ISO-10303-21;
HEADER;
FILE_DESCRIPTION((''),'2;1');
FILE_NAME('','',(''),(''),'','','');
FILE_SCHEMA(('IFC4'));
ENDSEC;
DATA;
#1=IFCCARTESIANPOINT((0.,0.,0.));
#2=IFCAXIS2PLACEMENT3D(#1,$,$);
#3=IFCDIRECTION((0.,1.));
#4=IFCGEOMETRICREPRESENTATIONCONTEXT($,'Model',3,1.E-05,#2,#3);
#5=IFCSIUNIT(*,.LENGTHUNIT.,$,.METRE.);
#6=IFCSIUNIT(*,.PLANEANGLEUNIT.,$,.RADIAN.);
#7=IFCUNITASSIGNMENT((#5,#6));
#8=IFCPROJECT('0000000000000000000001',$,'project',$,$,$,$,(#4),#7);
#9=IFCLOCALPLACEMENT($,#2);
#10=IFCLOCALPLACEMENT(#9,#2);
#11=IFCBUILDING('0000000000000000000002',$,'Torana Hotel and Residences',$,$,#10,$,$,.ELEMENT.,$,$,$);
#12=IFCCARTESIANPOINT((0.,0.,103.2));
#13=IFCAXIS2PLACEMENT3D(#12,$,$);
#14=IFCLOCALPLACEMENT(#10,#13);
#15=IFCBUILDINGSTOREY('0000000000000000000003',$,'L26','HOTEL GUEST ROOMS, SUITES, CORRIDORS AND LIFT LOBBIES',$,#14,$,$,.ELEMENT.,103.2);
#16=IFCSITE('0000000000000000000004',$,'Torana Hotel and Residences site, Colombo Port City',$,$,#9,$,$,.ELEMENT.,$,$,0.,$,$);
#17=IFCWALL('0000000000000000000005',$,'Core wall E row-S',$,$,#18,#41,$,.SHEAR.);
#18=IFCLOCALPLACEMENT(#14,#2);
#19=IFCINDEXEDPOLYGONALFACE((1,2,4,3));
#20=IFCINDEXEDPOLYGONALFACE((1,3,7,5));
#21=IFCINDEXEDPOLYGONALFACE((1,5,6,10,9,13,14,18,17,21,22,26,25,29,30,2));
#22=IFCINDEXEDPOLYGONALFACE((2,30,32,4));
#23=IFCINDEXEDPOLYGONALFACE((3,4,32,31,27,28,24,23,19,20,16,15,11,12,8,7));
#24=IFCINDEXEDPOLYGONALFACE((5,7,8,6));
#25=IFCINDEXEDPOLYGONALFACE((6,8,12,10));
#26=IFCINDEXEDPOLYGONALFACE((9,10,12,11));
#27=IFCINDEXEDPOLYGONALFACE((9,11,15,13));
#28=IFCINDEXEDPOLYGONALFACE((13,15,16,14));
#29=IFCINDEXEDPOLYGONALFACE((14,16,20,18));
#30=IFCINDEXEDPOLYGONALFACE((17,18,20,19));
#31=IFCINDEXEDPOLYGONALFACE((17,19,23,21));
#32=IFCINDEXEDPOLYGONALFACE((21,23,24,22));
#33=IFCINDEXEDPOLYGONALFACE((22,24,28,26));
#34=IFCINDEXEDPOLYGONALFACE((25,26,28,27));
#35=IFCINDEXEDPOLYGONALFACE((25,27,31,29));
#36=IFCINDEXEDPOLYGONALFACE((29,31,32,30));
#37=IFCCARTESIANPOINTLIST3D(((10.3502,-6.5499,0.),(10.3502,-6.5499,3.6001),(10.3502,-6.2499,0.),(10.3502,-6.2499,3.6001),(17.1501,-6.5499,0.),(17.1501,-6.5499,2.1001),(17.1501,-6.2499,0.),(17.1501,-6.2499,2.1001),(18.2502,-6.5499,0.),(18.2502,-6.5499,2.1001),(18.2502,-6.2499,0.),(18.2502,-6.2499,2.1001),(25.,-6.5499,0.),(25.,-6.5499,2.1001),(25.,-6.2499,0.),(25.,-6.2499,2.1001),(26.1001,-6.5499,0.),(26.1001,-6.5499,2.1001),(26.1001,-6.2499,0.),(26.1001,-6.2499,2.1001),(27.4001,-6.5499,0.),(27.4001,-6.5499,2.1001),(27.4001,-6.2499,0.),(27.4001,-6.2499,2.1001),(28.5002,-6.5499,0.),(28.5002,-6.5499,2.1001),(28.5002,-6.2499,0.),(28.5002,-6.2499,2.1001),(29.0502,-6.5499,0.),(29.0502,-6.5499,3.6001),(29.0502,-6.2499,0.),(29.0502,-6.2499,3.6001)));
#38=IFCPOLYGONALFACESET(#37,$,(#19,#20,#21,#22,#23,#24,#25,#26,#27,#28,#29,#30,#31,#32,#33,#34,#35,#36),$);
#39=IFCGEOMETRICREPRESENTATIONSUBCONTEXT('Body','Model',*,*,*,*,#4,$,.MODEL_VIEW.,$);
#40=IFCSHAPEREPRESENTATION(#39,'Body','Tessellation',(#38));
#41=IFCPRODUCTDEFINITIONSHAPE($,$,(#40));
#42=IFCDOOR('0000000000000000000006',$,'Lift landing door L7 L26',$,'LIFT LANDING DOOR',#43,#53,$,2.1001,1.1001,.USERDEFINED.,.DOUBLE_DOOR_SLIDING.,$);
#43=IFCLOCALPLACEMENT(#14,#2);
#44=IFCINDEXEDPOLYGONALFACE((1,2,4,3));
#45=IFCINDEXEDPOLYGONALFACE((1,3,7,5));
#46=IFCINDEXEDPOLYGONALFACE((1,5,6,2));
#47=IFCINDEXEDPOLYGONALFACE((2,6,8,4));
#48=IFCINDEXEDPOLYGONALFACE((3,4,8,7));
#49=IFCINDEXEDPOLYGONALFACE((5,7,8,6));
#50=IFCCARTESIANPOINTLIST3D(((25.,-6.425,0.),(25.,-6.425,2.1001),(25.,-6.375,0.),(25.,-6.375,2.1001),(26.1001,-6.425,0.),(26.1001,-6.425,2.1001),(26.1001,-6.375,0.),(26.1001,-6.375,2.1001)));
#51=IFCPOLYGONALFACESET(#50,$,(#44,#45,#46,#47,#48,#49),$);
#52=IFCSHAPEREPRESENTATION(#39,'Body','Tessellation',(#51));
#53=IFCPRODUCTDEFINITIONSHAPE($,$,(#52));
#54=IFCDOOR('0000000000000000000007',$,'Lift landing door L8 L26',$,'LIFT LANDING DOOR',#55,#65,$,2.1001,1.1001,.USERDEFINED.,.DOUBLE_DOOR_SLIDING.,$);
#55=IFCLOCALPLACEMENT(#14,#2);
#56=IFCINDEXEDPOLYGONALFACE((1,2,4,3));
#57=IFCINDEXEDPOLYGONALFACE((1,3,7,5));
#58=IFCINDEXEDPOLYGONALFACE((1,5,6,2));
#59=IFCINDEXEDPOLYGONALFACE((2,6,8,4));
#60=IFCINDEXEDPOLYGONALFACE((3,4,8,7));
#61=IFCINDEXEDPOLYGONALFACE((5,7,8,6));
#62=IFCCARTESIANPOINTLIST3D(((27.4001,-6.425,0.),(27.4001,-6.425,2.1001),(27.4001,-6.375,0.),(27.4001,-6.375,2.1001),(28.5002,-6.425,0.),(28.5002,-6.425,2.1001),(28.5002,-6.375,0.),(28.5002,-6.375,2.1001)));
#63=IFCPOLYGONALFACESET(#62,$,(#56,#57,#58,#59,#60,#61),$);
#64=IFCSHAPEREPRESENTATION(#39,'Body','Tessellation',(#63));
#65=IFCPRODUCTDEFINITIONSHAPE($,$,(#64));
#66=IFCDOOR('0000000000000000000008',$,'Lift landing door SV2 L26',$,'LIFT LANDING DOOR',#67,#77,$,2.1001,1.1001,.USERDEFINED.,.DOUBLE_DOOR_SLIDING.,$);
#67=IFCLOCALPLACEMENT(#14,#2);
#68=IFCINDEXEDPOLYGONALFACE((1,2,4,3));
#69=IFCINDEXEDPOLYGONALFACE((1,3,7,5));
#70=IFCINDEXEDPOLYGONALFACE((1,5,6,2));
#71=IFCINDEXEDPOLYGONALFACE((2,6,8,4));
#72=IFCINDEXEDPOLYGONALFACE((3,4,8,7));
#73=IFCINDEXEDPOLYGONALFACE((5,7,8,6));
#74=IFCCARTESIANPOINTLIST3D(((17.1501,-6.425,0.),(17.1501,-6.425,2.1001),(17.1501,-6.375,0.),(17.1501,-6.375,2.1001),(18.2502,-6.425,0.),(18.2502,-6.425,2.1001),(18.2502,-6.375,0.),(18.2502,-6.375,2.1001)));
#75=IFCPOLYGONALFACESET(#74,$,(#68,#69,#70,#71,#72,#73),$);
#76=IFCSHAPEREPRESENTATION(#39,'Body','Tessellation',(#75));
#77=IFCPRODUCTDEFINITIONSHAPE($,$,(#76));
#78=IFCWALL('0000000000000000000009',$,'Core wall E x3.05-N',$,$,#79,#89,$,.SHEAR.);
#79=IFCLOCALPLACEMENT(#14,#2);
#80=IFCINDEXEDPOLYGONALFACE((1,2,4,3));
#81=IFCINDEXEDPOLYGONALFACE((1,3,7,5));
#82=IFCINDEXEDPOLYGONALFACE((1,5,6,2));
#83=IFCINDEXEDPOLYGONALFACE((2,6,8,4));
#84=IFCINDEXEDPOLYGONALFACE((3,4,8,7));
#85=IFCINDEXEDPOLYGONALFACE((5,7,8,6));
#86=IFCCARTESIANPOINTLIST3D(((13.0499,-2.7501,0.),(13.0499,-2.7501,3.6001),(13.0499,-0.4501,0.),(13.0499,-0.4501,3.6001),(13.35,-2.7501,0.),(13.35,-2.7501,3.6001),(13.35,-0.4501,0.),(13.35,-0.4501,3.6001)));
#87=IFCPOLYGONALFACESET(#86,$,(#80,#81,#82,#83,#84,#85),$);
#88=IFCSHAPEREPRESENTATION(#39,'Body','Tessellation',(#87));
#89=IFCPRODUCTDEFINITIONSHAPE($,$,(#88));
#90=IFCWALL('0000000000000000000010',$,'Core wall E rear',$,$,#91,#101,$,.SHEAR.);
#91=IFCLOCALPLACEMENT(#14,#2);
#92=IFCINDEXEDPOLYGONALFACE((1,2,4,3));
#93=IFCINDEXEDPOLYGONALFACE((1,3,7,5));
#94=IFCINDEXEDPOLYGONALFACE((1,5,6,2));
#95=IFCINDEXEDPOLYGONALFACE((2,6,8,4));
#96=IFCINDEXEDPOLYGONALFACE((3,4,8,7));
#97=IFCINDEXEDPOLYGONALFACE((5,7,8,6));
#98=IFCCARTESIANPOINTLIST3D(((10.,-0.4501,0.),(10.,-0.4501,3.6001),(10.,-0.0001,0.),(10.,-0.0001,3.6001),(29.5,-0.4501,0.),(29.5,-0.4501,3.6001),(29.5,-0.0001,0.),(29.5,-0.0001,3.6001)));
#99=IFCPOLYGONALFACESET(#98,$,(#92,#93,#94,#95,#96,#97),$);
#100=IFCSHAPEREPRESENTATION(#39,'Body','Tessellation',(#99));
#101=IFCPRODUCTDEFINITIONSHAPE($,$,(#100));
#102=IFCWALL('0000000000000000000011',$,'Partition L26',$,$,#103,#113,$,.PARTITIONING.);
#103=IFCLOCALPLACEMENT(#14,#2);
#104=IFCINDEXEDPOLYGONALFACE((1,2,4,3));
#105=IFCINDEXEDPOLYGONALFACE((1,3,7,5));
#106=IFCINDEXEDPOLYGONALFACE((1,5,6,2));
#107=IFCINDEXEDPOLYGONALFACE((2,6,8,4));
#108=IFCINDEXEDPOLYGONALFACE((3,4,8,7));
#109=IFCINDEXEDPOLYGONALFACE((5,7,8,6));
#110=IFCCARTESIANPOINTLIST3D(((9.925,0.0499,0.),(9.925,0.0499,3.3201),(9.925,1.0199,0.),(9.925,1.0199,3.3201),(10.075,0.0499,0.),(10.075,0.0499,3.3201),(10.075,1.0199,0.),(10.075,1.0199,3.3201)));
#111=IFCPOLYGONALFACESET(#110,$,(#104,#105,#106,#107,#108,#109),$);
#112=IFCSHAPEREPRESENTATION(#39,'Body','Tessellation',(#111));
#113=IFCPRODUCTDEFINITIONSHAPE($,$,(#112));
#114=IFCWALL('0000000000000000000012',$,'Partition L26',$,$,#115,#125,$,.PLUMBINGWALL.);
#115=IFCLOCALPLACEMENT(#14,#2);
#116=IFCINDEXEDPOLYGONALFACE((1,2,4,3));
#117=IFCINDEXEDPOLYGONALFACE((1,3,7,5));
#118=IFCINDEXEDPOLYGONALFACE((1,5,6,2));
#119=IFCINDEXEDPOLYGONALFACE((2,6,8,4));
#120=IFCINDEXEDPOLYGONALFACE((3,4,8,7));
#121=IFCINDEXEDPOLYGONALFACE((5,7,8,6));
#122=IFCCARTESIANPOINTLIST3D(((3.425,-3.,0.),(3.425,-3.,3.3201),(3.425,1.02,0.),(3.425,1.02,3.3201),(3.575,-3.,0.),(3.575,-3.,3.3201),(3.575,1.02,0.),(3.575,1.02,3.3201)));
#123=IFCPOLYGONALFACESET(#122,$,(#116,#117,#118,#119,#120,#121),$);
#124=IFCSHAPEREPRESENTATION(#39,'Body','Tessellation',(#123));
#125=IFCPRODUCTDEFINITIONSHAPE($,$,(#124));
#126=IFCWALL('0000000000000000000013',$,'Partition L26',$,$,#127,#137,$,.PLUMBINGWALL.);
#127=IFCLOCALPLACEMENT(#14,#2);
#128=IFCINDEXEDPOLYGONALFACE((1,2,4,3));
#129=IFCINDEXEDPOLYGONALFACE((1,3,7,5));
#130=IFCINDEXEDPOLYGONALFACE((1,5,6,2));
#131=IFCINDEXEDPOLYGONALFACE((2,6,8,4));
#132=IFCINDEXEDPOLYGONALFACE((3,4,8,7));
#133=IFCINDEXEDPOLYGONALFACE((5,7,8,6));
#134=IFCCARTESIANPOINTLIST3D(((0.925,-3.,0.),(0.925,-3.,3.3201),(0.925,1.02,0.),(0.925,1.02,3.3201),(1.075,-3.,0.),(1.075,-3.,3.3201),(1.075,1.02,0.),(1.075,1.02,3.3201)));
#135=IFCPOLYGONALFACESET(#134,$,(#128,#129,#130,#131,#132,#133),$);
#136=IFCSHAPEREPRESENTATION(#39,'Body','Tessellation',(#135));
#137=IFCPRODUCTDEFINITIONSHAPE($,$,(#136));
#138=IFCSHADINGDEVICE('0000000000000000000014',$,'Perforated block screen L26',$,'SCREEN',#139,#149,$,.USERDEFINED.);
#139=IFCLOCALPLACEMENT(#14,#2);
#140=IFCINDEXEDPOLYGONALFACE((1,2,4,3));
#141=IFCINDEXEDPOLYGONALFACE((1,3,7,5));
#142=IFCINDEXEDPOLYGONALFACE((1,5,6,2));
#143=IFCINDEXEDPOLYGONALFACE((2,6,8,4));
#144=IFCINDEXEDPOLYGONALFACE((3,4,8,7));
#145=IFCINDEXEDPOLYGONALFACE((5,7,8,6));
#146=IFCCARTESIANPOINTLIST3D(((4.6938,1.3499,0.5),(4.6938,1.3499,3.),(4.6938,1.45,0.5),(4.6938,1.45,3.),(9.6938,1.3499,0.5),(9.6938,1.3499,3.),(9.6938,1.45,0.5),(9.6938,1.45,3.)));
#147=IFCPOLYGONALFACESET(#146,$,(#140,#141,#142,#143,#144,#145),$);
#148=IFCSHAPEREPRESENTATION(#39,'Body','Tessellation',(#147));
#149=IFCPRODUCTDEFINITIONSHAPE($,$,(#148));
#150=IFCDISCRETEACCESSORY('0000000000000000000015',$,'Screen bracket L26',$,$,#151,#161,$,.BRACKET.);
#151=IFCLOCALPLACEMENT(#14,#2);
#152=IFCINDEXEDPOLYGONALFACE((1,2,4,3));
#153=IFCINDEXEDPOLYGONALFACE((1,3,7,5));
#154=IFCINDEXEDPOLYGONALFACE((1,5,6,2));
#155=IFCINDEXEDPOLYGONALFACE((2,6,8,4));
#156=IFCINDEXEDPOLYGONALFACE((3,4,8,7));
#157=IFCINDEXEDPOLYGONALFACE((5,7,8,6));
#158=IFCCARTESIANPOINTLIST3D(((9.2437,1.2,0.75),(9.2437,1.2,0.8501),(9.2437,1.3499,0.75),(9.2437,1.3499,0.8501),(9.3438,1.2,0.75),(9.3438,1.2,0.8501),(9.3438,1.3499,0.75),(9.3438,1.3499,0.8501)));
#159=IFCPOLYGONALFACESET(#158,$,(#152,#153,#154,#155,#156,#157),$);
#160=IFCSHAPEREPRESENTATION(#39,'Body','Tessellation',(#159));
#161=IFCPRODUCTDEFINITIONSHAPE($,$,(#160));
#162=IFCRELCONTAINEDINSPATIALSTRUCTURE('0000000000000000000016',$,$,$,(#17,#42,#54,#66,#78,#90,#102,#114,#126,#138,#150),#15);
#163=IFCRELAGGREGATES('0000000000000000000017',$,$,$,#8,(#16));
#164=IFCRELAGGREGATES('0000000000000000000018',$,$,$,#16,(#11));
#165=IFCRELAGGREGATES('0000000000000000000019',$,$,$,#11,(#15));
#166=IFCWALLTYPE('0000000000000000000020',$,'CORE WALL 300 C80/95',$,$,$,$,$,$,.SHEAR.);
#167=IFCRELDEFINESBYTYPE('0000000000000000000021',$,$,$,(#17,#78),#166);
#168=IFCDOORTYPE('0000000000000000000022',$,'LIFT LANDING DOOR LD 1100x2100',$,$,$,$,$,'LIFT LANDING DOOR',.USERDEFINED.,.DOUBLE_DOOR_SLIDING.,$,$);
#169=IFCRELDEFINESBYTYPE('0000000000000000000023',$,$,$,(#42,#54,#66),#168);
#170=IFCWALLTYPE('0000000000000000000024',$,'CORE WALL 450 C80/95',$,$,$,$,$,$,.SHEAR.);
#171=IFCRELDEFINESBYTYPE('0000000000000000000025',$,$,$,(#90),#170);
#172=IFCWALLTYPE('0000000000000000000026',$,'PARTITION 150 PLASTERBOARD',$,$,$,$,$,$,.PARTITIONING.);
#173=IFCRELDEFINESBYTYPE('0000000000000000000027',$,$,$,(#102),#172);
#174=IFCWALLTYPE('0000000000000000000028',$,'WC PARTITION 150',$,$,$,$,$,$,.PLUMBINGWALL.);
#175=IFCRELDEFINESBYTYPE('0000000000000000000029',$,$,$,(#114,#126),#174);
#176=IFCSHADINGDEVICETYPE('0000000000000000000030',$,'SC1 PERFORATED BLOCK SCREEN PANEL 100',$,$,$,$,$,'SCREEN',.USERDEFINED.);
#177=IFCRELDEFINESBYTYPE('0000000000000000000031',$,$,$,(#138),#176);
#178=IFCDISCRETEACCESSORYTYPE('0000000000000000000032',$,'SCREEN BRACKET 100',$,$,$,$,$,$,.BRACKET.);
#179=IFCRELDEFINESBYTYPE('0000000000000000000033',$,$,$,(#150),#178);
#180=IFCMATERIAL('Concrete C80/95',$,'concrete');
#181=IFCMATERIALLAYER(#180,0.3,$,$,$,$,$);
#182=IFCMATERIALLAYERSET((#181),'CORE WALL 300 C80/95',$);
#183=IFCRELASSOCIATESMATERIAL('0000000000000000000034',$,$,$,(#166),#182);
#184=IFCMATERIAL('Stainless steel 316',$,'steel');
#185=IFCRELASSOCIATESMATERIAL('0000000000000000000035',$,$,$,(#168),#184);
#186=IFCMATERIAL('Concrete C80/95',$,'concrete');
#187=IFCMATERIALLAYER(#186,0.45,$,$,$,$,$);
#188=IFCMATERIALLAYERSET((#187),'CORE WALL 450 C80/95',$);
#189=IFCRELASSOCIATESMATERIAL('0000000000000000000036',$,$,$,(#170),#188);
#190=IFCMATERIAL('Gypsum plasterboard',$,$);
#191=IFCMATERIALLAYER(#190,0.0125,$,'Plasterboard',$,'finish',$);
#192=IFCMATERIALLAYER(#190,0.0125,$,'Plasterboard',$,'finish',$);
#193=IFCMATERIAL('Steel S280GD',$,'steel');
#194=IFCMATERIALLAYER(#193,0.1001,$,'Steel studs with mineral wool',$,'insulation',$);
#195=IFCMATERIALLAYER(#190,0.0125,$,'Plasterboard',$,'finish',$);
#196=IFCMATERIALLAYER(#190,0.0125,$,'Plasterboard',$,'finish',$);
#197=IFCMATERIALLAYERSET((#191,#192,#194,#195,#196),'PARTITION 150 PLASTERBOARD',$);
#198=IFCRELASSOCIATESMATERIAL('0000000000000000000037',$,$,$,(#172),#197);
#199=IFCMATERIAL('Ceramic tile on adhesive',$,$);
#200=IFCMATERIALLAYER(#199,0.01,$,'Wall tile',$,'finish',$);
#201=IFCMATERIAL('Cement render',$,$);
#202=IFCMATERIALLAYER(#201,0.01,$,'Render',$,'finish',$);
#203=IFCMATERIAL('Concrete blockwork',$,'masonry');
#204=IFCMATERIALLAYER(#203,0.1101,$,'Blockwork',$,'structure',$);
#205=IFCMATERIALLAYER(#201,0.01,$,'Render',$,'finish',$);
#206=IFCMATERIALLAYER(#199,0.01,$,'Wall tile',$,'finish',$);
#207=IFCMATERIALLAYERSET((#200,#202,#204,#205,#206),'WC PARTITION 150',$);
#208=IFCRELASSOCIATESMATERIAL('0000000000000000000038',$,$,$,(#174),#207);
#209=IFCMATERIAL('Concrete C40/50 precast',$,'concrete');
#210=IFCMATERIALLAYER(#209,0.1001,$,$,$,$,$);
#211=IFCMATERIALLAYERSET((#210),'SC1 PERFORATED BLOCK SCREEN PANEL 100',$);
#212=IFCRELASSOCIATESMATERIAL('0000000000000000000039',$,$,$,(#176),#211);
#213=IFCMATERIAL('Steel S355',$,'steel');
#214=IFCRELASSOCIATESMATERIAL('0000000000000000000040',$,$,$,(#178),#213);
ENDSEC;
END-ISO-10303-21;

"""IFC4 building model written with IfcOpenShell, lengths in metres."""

from ifc_helpers import new_model, si_unit, direction, frame, frame_2d, origin, origin_2d, place, context, subcontext, project, spatial, rectangle, extrude, material, layer, layer_set, type_object, element, fill, save


model = new_model("IFC4")

# Units and contexts
model_context = context("Model", 3, precision=1e-05, world=origin(), true_north=direction((0.0, 1.0)))
body_context = subcontext(model_context, "Body", "Model", "MODEL_VIEW")
ifc_project = project(units=[si_unit("LENGTHUNIT", "METRE"), si_unit("PLANEANGLEUNIT", "RADIAN")], contexts=[model_context])

# Site, building, storey
site_placement = place(None, origin())
site = spatial("IfcSite", under=ifc_project, at=site_placement, Name="Torana Hotel and Residences site, Colombo Port City", CompositionType="ELEMENT", RefElevation=0.0)
building_placement = place(site_placement, origin())
building = spatial("IfcBuilding", under=site, at=building_placement, Name="Torana Hotel and Residences", CompositionType="ELEMENT")
storey_placement = place(building_placement, frame((0.0, 0.0, 103.2)))
storey = spatial("IfcBuildingStorey", under=building, at=storey_placement, Name="L26", Description="HOTEL GUEST ROOMS, SUITES, CORRIDORS AND LIFT LOBBIES", CompositionType="ELEMENT", Elevation=103.2)

# Wall, openings, doors
ifc_material_1 = material(Name="Concrete C80/95", Category="concrete")
ifc_layer_1 = layer(ifc_material_1, 0.3)
ifc_layer_set_1 = layer_set([ifc_layer_1], Name="CORE WALL 300 C80/95")
wall_type_1 = type_object("IfcWallType", Name="CORE WALL 300 C80/95", PredefinedType="SHEAR", material=ifc_layer_set_1)
ifc_material_2 = material(Name="Stainless steel 316", Category="steel")
door_type_1 = type_object("IfcDoorType", Name="LIFT LANDING DOOR LD 1100x2100", ElementType="LIFT LANDING DOOR", OperationType="DOUBLE_DOOR_SLIDING", PredefinedType="USERDEFINED", material=ifc_material_2)
wall_1_placement = place(storey_placement, frame((10.3501, -6.3999, 0.0), z_axis=(0.0, 0.0, 1.0), x_axis=(1.0, 0.0, 0.0)))
wall_1 = element("IfcWall", 1, at=wall_1_placement, inside=storey, type_object=wall_type_1, Name="Core wall E row-S", PredefinedType="SHEAR", context=body_context, shape_type="SweptSolid", body=[
    extrude(rectangle(XDim=18.7, YDim=0.3, at=frame_2d((9.3501, 0.0))), origin(), (0.0, 0.0, 1.0), 3.6001),
])
opening_1_placement = place(wall_1_placement, frame((14.6499, 0.0, 0.0)))
opening_1 = element("IfcOpeningElement", 2, at=opening_1_placement, cuts=wall_1, PredefinedType="OPENING", context=body_context, shape_type="SweptSolid", body=[
    extrude(rectangle(XDim=1.1001, YDim=2.1001, at=frame_2d((0.55, 1.05))), frame((0.0, 0.1599, 0.0), z_axis=(0.0, -1.0, 0.0), x_axis=(1.0, 0.0, 0.0)), (0.0, 0.0, 1.0), 0.3201),
])
opening_2_placement = place(wall_1_placement, frame((17.05, 0.0, 0.0)))
opening_2 = element("IfcOpeningElement", 3, at=opening_2_placement, cuts=wall_1, PredefinedType="OPENING", context=body_context, shape_type="SweptSolid", body=[
    extrude(rectangle(XDim=1.1001, YDim=2.1001, at=frame_2d((0.55, 1.05))), frame((0.0, 0.1599, 0.0), z_axis=(0.0, -1.0, 0.0), x_axis=(1.0, 0.0, 0.0)), (0.0, 0.0, 1.0), 0.3201),
])
opening_3_placement = place(wall_1_placement, frame((6.8, 0.0, 0.0)))
opening_3 = element("IfcOpeningElement", 4, at=opening_3_placement, cuts=wall_1, PredefinedType="OPENING", context=body_context, shape_type="SweptSolid", body=[
    extrude(rectangle(XDim=1.1001, YDim=2.1001, at=frame_2d((0.55, 1.05))), frame((0.0, 0.1599, 0.0), z_axis=(0.0, -1.0, 0.0), x_axis=(1.0, 0.0, 0.0)), (0.0, 0.0, 1.0), 0.3201),
])
door_1_placement = place(opening_1_placement, origin())
door_1 = element("IfcDoor", 5, at=door_1_placement, inside=storey, type_object=door_type_1, Name="Lift landing door L7 L26", ObjectType="LIFT LANDING DOOR", OperationType="DOUBLE_DOOR_SLIDING", OverallHeight=2.1001, OverallWidth=1.1001, PredefinedType="USERDEFINED", context=body_context, shape_type="SweptSolid", body=[
    extrude(rectangle(XDim=1.1001, YDim=2.1001, at=frame_2d((0.55, 1.05))), frame((0.0, 0.0249, 0.0), z_axis=(0.0, -1.0, 0.0), x_axis=(1.0, 0.0, 0.0)), (0.0, 0.0, 1.0), 0.05),
])
fill(opening_1, door_1)
door_2_placement = place(opening_2_placement, origin())
door_2 = element("IfcDoor", 6, at=door_2_placement, inside=storey, type_object=door_type_1, Name="Lift landing door L8 L26", ObjectType="LIFT LANDING DOOR", OperationType="DOUBLE_DOOR_SLIDING", OverallHeight=2.1001, OverallWidth=1.1001, PredefinedType="USERDEFINED", context=body_context, shape_type="SweptSolid", body=[
    extrude(rectangle(XDim=1.1001, YDim=2.1001, at=frame_2d((0.55, 1.05))), frame((0.0, 0.0249, 0.0), z_axis=(0.0, -1.0, 0.0), x_axis=(1.0, 0.0, 0.0)), (0.0, 0.0, 1.0), 0.05),
])
fill(opening_2, door_2)
door_3_placement = place(opening_3_placement, origin())
door_3 = element("IfcDoor", 7, at=door_3_placement, inside=storey, type_object=door_type_1, Name="Lift landing door SV2 L26", ObjectType="LIFT LANDING DOOR", OperationType="DOUBLE_DOOR_SLIDING", OverallHeight=2.1001, OverallWidth=1.1001, PredefinedType="USERDEFINED", context=body_context, shape_type="SweptSolid", body=[
    extrude(rectangle(XDim=1.1001, YDim=2.1001, at=frame_2d((0.55, 1.05))), frame((0.0, 0.0249, 0.0), z_axis=(0.0, -1.0, 0.0), x_axis=(1.0, 0.0, 0.0)), (0.0, 0.0, 1.0), 0.05),
])
fill(opening_3, door_3)

# Walls
wall_2_placement = place(storey_placement, frame((13.2, -2.75, 0.0), z_axis=(0.0, 0.0, 1.0), x_axis=(0.0, 1.0, 0.0)))
element("IfcWall", 8, at=wall_2_placement, inside=storey, type_object=wall_type_1, Name="Core wall E x3.05-N", PredefinedType="SHEAR", context=body_context, shape_type="SweptSolid", body=[
    extrude(rectangle(XDim=2.3, YDim=0.3, at=frame_2d((1.1499, 0.0))), origin(), (0.0, 0.0, 1.0), 3.6001),
])
ifc_material_3 = material(Name="Concrete C80/95", Category="concrete")
ifc_layer_2 = layer(ifc_material_3, 0.45)
ifc_layer_set_2 = layer_set([ifc_layer_2], Name="CORE WALL 450 C80/95")
wall_type_2 = type_object("IfcWallType", Name="CORE WALL 450 C80/95", PredefinedType="SHEAR", material=ifc_layer_set_2)
wall_3_placement = place(storey_placement, frame((10.0, -0.2251, 0.0), z_axis=(0.0, 0.0, 1.0), x_axis=(1.0, 0.0, 0.0)))
element("IfcWall", 9, at=wall_3_placement, inside=storey, type_object=wall_type_2, Name="Core wall E rear", PredefinedType="SHEAR", context=body_context, shape_type="SweptSolid", body=[
    extrude(rectangle(XDim=19.5, YDim=0.45, at=frame_2d((9.75, 0.0))), origin(), (0.0, 0.0, 1.0), 3.6001),
])
ifc_material_4 = material(Name="Gypsum plasterboard")
ifc_layer_3 = layer(ifc_material_4, 0.0125, Name="Plasterboard", Category="finish")
ifc_layer_4 = layer(ifc_material_4, 0.0125, Name="Plasterboard", Category="finish")
ifc_material_5 = material(Name="Steel S280GD", Category="steel")
ifc_layer_5 = layer(ifc_material_5, 0.1001, Name="Steel studs with mineral wool", Category="insulation")
ifc_layer_6 = layer(ifc_material_4, 0.0125, Name="Plasterboard", Category="finish")
ifc_layer_7 = layer(ifc_material_4, 0.0125, Name="Plasterboard", Category="finish")
ifc_layer_set_3 = layer_set([ifc_layer_3, ifc_layer_4, ifc_layer_5, ifc_layer_6, ifc_layer_7], Name="PARTITION 150 PLASTERBOARD")
wall_type_3 = type_object("IfcWallType", Name="PARTITION 150 PLASTERBOARD", PredefinedType="PARTITIONING", material=ifc_layer_set_3)
wall_4_placement = place(storey_placement, frame((10.0, 0.05, 0.0), z_axis=(0.0, 0.0, 1.0), x_axis=(0.0, 1.0, 0.0)))
element("IfcWall", 10, at=wall_4_placement, inside=storey, type_object=wall_type_3, Name="Partition L26", PredefinedType="PARTITIONING", context=body_context, shape_type="SweptSolid", body=[
    extrude(rectangle(XDim=0.97, YDim=0.1499, at=frame_2d((0.4849, 0.0))), origin(), (0.0, 0.0, 1.0), 3.3201),
])
ifc_material_6 = material(Name="Ceramic tile on adhesive")
ifc_layer_8 = layer(ifc_material_6, 0.01, Name="Wall tile", Category="finish")
ifc_material_7 = material(Name="Cement render")
ifc_layer_9 = layer(ifc_material_7, 0.01, Name="Render", Category="finish")
ifc_material_8 = material(Name="Concrete blockwork", Category="masonry")
ifc_layer_10 = layer(ifc_material_8, 0.1101, Name="Blockwork", Category="structure")
ifc_layer_11 = layer(ifc_material_7, 0.01, Name="Render", Category="finish")
ifc_layer_12 = layer(ifc_material_6, 0.01, Name="Wall tile", Category="finish")
ifc_layer_set_4 = layer_set([ifc_layer_8, ifc_layer_9, ifc_layer_10, ifc_layer_11, ifc_layer_12], Name="WC PARTITION 150")
wall_type_4 = type_object("IfcWallType", Name="WC PARTITION 150", PredefinedType="PLUMBINGWALL", material=ifc_layer_set_4)
for number, where, z_axis, x_axis, name in (
    (11, (3.5, -3.0, 0.0), (0.0, 0.0, 1.0), (0.0, 1.0, 0.0), "Partition L26"),
    (12, (1.0, -3.0, 0.0), (0.0, 0.0, 1.0), (0.0, 1.0, 0.0), "Partition L26"),
):
    element("IfcWall", number, at=place(storey_placement, frame(where, z_axis=z_axis, x_axis=x_axis)), inside=storey, type_object=wall_type_4, Name=name, PredefinedType="PLUMBINGWALL", context=body_context, shape_type="SweptSolid", body=[
        extrude(rectangle(XDim=4.02, YDim=0.1499, at=frame_2d((2.01, 0.0))), origin(), (0.0, 0.0, 1.0), 3.3201),
    ])

# Shading device
ifc_material_9 = material(Name="Concrete C40/50 precast", Category="concrete")
ifc_layer_13 = layer(ifc_material_9, 0.1001)
ifc_layer_set_5 = layer_set([ifc_layer_13], Name="SC1 PERFORATED BLOCK SCREEN PANEL 100")
shading_device_type = type_object("IfcShadingDeviceType", Name="SC1 PERFORATED BLOCK SCREEN PANEL 100", ElementType="SCREEN", PredefinedType="USERDEFINED", material=ifc_layer_set_5)
shading_device_placement = place(storey_placement, frame((7.1938, 1.3999, 0.5), z_axis=(0.0, 0.0, 1.0), x_axis=(-1.0, 0.0, 0.0)))
element("IfcShadingDevice", 13, at=shading_device_placement, inside=storey, type_object=shading_device_type, Name="Perforated block screen L26", ObjectType="SCREEN", PredefinedType="USERDEFINED", context=body_context, shape_type="SweptSolid", body=[
    extrude(rectangle(XDim=5.0, YDim=0.1001, at=origin_2d()), origin(), (0.0, 0.0, 1.0), 2.5),
])

# Discrete accessory
ifc_material_10 = material(Name="Steel S355", Category="steel")
discrete_accessory_type = type_object("IfcDiscreteAccessoryType", Name="SCREEN BRACKET 100", PredefinedType="BRACKET", material=ifc_material_10)
for number, where, z_axis, x_axis, name in (
    (14, (9.2937, 1.2749, 0.75), (0.0, 0.0, 1.0), (-1.0, 0.0, 0.0), "Screen bracket L26"),
):
    element("IfcDiscreteAccessory", number, at=place(storey_placement, frame(where, z_axis=z_axis, x_axis=x_axis)), inside=storey, type_object=discrete_accessory_type, Name=name, PredefinedType="BRACKET", context=body_context, shape_type="SweptSolid", body=[
        extrude(rectangle(XDim=0.1001, YDim=0.1499, at=origin_2d()), origin(), (0.0, 0.0, 1.0), 0.1001),
    ])

save(model, "model.ifc")
